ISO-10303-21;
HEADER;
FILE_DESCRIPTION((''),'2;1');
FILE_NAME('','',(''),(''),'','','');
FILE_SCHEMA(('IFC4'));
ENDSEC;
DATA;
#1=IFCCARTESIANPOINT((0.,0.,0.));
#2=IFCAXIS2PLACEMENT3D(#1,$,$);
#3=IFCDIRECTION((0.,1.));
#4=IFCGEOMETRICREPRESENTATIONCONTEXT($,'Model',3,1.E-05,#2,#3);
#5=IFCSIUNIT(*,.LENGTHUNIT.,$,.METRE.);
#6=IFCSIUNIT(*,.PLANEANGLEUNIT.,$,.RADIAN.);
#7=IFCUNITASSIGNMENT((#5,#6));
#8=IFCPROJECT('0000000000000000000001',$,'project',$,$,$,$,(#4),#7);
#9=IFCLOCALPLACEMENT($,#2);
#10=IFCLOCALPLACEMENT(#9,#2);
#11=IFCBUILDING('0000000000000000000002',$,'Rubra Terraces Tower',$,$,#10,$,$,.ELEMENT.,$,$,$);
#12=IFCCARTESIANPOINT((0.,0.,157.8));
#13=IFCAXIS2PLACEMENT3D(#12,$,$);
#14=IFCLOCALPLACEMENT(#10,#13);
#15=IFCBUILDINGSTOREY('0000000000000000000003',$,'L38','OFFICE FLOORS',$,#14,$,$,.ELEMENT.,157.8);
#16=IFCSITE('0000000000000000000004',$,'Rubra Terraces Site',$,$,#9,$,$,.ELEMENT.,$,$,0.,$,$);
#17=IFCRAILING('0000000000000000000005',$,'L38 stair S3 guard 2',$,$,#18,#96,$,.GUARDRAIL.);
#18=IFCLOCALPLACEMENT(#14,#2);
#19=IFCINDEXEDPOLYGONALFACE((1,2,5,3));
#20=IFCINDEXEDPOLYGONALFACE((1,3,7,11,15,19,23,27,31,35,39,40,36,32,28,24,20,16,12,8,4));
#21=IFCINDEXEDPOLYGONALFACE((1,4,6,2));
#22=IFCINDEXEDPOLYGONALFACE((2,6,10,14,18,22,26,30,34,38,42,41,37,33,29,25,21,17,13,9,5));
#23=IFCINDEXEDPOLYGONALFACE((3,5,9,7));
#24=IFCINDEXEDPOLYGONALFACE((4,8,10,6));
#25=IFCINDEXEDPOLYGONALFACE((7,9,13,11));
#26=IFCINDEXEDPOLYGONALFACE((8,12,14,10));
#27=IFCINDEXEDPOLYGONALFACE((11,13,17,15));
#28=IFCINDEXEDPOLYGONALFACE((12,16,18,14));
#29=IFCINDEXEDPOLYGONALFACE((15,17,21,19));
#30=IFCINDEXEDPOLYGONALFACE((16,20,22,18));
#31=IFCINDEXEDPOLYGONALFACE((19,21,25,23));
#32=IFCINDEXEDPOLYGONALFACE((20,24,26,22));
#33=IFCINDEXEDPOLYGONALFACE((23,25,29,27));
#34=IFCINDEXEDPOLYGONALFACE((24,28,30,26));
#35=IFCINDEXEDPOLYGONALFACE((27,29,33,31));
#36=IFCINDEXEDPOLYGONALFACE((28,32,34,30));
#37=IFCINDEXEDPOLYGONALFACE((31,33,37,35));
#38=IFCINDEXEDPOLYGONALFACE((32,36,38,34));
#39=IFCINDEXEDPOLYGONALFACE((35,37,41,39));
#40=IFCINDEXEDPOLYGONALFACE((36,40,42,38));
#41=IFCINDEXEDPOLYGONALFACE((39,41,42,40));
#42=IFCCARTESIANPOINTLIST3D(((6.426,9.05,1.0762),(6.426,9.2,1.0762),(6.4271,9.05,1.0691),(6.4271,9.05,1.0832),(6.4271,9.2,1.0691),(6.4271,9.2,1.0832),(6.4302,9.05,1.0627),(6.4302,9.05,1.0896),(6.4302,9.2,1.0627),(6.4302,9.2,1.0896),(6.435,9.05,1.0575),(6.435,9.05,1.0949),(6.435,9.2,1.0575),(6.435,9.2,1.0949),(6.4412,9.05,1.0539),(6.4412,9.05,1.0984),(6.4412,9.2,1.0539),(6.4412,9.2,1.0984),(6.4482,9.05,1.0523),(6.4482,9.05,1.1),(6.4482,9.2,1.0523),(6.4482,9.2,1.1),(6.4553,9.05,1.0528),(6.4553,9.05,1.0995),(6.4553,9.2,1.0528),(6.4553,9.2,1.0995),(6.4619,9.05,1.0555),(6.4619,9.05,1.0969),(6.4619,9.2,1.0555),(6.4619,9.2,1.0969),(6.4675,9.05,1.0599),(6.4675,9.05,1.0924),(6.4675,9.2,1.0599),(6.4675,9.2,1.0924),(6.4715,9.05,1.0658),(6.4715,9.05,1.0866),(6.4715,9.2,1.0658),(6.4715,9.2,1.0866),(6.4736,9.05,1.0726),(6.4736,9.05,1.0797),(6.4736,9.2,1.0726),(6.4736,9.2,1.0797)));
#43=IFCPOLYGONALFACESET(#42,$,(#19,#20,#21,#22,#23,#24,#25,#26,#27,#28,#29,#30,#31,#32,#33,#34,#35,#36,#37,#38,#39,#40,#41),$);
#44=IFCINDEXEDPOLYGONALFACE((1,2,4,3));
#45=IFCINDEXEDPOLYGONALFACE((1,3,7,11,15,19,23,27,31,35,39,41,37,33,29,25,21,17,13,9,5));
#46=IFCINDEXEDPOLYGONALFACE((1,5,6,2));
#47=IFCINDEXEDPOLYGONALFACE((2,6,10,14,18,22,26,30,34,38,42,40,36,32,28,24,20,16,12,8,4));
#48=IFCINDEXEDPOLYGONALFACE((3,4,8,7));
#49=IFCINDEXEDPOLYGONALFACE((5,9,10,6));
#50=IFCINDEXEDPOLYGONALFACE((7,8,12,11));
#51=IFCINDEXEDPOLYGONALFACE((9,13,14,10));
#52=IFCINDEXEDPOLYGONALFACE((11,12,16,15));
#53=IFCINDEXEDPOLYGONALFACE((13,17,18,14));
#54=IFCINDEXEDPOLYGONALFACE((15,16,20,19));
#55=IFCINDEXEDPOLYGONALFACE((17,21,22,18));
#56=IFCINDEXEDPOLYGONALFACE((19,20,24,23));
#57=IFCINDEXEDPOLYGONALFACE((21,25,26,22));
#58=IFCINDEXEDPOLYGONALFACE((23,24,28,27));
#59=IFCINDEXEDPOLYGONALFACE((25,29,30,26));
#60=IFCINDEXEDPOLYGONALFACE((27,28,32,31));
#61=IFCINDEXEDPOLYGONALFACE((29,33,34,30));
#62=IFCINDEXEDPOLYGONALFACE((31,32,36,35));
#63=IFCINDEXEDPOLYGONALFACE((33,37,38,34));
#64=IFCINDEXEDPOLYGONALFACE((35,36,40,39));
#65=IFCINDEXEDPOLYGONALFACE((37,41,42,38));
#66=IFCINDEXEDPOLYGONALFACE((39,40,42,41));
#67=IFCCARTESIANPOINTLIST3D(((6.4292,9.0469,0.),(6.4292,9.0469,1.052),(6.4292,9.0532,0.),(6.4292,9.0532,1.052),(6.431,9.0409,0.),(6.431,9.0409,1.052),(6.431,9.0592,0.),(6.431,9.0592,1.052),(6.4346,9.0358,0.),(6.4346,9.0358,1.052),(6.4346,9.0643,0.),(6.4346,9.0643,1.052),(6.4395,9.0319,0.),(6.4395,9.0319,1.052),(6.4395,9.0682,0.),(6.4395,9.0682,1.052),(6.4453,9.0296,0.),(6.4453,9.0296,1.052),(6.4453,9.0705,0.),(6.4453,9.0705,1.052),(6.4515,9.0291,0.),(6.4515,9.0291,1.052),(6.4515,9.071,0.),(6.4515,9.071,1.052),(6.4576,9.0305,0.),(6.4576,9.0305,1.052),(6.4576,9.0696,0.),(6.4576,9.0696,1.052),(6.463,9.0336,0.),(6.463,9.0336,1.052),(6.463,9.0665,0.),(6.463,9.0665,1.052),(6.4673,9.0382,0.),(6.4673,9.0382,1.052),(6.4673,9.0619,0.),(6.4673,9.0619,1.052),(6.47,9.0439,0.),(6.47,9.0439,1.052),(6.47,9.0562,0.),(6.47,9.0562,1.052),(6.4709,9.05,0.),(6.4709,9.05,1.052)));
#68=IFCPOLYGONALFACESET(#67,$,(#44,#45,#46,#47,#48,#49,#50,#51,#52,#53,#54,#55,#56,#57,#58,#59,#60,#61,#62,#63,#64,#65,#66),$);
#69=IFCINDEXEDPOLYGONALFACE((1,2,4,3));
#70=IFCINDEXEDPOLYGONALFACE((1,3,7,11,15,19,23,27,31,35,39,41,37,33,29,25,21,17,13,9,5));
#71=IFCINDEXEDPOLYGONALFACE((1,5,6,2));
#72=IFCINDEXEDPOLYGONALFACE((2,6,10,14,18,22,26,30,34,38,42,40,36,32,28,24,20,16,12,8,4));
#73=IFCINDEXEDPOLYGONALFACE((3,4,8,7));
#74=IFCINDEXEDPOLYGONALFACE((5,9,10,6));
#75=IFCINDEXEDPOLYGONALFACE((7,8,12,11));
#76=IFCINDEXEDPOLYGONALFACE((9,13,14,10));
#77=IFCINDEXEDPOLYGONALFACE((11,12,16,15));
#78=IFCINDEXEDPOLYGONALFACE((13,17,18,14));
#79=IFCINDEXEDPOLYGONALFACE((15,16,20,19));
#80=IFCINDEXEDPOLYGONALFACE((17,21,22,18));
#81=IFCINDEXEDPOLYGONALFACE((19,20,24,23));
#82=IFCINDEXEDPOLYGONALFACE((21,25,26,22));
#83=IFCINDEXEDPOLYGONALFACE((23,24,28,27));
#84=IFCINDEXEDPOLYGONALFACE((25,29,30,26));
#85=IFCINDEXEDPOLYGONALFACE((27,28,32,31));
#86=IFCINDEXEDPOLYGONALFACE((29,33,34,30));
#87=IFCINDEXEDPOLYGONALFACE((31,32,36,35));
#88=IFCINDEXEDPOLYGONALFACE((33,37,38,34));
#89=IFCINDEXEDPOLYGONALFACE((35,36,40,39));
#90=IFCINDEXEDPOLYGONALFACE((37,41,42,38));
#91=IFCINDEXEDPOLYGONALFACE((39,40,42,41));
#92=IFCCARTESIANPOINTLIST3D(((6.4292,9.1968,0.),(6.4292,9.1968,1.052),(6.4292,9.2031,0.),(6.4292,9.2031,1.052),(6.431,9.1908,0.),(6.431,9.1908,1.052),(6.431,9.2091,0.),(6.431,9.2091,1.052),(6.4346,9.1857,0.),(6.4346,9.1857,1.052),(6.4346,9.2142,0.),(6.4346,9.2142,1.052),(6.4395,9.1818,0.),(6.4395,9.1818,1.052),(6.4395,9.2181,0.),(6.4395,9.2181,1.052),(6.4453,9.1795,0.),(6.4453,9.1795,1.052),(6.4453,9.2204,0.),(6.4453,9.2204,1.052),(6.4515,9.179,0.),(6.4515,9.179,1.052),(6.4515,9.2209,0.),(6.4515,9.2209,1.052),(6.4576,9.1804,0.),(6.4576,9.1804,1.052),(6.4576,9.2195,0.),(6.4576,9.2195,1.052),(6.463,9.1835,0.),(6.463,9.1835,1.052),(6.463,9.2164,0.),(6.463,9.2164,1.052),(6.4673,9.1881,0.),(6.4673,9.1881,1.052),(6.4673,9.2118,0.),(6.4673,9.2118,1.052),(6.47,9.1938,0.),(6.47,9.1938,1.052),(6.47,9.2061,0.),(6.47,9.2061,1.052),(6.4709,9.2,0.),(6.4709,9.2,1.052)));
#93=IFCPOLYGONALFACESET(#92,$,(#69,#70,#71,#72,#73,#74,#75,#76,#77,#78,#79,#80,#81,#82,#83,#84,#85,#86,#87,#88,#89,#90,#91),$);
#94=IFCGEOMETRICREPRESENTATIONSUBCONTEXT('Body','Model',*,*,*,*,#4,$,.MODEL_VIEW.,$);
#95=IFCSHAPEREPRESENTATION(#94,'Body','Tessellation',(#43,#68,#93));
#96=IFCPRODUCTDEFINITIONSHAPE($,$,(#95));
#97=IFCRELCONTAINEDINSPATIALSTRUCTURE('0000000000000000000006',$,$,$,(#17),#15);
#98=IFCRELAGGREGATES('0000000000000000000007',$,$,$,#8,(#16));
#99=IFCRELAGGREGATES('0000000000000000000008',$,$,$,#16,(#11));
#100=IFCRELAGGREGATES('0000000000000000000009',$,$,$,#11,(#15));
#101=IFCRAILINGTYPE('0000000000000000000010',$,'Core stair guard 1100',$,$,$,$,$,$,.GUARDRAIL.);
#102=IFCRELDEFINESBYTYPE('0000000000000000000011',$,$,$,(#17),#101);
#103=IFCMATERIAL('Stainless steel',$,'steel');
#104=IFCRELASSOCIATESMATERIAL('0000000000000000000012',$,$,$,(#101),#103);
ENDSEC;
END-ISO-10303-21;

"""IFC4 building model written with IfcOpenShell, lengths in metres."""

from ifc_helpers import new_model, si_unit, direction, frame, origin, origin_2d, place, context, subcontext, project, spatial, circle, extrude, material, type_object, element, save


model = new_model("IFC4")

# Units and contexts
model_context = context("Model", 3, precision=1e-05, world=origin(), true_north=direction((0.0, 1.0)))
body_context = subcontext(model_context, "Body", "Model", "MODEL_VIEW")
ifc_project = project(units=[si_unit("LENGTHUNIT", "METRE"), si_unit("PLANEANGLEUNIT", "RADIAN")], contexts=[model_context])

# Site, building, storey
site_placement = place(None, origin())
site = spatial("IfcSite", under=ifc_project, at=site_placement, Name="Rubra Terraces Site", CompositionType="ELEMENT", RefElevation=0.0)
building_placement = place(site_placement, origin())
building = spatial("IfcBuilding", under=site, at=building_placement, Name="Rubra Terraces Tower", CompositionType="ELEMENT")
storey_placement = place(building_placement, frame((0.0, 0.0, 157.8)))
storey = spatial("IfcBuildingStorey", under=building, at=storey_placement, Name="L38", Description="OFFICE FLOORS", CompositionType="ELEMENT", Elevation=157.8)

# Railing
ifc_material_1 = material(Name="Stainless steel", Category="steel")
railing_type_1 = type_object("IfcRailingType", Name="Core stair guard 1100", PredefinedType="GUARDRAIL", material=ifc_material_1)
railing_1_placement = place(storey_placement, frame((6.45, 9.05, 0.0)))
element("IfcRailing", 1, at=railing_1_placement, inside=storey, type_object=railing_type_1, Name="L38 stair S3 guard 2", PredefinedType="GUARDRAIL", context=body_context, shape_type="SweptSolid", body=[
    extrude(circle(Radius=0.0239, at=origin_2d()), frame((0.0, 0.0, 1.0762), z_axis=(0.0, 1.0, 0.0), x_axis=(-1.0, 0.0, 0.0)), (0.0, 0.0, 1.0), 0.1499),
    extrude(circle(Radius=0.021, at=origin_2d()), origin(), (0.0, 0.0, 1.0), 1.052),
    extrude(circle(Radius=0.021, at=origin_2d()), frame((0.0, 0.1499, 0.0)), (0.0, 0.0, 1.0), 1.052),
])

save(model, "model.ifc")
